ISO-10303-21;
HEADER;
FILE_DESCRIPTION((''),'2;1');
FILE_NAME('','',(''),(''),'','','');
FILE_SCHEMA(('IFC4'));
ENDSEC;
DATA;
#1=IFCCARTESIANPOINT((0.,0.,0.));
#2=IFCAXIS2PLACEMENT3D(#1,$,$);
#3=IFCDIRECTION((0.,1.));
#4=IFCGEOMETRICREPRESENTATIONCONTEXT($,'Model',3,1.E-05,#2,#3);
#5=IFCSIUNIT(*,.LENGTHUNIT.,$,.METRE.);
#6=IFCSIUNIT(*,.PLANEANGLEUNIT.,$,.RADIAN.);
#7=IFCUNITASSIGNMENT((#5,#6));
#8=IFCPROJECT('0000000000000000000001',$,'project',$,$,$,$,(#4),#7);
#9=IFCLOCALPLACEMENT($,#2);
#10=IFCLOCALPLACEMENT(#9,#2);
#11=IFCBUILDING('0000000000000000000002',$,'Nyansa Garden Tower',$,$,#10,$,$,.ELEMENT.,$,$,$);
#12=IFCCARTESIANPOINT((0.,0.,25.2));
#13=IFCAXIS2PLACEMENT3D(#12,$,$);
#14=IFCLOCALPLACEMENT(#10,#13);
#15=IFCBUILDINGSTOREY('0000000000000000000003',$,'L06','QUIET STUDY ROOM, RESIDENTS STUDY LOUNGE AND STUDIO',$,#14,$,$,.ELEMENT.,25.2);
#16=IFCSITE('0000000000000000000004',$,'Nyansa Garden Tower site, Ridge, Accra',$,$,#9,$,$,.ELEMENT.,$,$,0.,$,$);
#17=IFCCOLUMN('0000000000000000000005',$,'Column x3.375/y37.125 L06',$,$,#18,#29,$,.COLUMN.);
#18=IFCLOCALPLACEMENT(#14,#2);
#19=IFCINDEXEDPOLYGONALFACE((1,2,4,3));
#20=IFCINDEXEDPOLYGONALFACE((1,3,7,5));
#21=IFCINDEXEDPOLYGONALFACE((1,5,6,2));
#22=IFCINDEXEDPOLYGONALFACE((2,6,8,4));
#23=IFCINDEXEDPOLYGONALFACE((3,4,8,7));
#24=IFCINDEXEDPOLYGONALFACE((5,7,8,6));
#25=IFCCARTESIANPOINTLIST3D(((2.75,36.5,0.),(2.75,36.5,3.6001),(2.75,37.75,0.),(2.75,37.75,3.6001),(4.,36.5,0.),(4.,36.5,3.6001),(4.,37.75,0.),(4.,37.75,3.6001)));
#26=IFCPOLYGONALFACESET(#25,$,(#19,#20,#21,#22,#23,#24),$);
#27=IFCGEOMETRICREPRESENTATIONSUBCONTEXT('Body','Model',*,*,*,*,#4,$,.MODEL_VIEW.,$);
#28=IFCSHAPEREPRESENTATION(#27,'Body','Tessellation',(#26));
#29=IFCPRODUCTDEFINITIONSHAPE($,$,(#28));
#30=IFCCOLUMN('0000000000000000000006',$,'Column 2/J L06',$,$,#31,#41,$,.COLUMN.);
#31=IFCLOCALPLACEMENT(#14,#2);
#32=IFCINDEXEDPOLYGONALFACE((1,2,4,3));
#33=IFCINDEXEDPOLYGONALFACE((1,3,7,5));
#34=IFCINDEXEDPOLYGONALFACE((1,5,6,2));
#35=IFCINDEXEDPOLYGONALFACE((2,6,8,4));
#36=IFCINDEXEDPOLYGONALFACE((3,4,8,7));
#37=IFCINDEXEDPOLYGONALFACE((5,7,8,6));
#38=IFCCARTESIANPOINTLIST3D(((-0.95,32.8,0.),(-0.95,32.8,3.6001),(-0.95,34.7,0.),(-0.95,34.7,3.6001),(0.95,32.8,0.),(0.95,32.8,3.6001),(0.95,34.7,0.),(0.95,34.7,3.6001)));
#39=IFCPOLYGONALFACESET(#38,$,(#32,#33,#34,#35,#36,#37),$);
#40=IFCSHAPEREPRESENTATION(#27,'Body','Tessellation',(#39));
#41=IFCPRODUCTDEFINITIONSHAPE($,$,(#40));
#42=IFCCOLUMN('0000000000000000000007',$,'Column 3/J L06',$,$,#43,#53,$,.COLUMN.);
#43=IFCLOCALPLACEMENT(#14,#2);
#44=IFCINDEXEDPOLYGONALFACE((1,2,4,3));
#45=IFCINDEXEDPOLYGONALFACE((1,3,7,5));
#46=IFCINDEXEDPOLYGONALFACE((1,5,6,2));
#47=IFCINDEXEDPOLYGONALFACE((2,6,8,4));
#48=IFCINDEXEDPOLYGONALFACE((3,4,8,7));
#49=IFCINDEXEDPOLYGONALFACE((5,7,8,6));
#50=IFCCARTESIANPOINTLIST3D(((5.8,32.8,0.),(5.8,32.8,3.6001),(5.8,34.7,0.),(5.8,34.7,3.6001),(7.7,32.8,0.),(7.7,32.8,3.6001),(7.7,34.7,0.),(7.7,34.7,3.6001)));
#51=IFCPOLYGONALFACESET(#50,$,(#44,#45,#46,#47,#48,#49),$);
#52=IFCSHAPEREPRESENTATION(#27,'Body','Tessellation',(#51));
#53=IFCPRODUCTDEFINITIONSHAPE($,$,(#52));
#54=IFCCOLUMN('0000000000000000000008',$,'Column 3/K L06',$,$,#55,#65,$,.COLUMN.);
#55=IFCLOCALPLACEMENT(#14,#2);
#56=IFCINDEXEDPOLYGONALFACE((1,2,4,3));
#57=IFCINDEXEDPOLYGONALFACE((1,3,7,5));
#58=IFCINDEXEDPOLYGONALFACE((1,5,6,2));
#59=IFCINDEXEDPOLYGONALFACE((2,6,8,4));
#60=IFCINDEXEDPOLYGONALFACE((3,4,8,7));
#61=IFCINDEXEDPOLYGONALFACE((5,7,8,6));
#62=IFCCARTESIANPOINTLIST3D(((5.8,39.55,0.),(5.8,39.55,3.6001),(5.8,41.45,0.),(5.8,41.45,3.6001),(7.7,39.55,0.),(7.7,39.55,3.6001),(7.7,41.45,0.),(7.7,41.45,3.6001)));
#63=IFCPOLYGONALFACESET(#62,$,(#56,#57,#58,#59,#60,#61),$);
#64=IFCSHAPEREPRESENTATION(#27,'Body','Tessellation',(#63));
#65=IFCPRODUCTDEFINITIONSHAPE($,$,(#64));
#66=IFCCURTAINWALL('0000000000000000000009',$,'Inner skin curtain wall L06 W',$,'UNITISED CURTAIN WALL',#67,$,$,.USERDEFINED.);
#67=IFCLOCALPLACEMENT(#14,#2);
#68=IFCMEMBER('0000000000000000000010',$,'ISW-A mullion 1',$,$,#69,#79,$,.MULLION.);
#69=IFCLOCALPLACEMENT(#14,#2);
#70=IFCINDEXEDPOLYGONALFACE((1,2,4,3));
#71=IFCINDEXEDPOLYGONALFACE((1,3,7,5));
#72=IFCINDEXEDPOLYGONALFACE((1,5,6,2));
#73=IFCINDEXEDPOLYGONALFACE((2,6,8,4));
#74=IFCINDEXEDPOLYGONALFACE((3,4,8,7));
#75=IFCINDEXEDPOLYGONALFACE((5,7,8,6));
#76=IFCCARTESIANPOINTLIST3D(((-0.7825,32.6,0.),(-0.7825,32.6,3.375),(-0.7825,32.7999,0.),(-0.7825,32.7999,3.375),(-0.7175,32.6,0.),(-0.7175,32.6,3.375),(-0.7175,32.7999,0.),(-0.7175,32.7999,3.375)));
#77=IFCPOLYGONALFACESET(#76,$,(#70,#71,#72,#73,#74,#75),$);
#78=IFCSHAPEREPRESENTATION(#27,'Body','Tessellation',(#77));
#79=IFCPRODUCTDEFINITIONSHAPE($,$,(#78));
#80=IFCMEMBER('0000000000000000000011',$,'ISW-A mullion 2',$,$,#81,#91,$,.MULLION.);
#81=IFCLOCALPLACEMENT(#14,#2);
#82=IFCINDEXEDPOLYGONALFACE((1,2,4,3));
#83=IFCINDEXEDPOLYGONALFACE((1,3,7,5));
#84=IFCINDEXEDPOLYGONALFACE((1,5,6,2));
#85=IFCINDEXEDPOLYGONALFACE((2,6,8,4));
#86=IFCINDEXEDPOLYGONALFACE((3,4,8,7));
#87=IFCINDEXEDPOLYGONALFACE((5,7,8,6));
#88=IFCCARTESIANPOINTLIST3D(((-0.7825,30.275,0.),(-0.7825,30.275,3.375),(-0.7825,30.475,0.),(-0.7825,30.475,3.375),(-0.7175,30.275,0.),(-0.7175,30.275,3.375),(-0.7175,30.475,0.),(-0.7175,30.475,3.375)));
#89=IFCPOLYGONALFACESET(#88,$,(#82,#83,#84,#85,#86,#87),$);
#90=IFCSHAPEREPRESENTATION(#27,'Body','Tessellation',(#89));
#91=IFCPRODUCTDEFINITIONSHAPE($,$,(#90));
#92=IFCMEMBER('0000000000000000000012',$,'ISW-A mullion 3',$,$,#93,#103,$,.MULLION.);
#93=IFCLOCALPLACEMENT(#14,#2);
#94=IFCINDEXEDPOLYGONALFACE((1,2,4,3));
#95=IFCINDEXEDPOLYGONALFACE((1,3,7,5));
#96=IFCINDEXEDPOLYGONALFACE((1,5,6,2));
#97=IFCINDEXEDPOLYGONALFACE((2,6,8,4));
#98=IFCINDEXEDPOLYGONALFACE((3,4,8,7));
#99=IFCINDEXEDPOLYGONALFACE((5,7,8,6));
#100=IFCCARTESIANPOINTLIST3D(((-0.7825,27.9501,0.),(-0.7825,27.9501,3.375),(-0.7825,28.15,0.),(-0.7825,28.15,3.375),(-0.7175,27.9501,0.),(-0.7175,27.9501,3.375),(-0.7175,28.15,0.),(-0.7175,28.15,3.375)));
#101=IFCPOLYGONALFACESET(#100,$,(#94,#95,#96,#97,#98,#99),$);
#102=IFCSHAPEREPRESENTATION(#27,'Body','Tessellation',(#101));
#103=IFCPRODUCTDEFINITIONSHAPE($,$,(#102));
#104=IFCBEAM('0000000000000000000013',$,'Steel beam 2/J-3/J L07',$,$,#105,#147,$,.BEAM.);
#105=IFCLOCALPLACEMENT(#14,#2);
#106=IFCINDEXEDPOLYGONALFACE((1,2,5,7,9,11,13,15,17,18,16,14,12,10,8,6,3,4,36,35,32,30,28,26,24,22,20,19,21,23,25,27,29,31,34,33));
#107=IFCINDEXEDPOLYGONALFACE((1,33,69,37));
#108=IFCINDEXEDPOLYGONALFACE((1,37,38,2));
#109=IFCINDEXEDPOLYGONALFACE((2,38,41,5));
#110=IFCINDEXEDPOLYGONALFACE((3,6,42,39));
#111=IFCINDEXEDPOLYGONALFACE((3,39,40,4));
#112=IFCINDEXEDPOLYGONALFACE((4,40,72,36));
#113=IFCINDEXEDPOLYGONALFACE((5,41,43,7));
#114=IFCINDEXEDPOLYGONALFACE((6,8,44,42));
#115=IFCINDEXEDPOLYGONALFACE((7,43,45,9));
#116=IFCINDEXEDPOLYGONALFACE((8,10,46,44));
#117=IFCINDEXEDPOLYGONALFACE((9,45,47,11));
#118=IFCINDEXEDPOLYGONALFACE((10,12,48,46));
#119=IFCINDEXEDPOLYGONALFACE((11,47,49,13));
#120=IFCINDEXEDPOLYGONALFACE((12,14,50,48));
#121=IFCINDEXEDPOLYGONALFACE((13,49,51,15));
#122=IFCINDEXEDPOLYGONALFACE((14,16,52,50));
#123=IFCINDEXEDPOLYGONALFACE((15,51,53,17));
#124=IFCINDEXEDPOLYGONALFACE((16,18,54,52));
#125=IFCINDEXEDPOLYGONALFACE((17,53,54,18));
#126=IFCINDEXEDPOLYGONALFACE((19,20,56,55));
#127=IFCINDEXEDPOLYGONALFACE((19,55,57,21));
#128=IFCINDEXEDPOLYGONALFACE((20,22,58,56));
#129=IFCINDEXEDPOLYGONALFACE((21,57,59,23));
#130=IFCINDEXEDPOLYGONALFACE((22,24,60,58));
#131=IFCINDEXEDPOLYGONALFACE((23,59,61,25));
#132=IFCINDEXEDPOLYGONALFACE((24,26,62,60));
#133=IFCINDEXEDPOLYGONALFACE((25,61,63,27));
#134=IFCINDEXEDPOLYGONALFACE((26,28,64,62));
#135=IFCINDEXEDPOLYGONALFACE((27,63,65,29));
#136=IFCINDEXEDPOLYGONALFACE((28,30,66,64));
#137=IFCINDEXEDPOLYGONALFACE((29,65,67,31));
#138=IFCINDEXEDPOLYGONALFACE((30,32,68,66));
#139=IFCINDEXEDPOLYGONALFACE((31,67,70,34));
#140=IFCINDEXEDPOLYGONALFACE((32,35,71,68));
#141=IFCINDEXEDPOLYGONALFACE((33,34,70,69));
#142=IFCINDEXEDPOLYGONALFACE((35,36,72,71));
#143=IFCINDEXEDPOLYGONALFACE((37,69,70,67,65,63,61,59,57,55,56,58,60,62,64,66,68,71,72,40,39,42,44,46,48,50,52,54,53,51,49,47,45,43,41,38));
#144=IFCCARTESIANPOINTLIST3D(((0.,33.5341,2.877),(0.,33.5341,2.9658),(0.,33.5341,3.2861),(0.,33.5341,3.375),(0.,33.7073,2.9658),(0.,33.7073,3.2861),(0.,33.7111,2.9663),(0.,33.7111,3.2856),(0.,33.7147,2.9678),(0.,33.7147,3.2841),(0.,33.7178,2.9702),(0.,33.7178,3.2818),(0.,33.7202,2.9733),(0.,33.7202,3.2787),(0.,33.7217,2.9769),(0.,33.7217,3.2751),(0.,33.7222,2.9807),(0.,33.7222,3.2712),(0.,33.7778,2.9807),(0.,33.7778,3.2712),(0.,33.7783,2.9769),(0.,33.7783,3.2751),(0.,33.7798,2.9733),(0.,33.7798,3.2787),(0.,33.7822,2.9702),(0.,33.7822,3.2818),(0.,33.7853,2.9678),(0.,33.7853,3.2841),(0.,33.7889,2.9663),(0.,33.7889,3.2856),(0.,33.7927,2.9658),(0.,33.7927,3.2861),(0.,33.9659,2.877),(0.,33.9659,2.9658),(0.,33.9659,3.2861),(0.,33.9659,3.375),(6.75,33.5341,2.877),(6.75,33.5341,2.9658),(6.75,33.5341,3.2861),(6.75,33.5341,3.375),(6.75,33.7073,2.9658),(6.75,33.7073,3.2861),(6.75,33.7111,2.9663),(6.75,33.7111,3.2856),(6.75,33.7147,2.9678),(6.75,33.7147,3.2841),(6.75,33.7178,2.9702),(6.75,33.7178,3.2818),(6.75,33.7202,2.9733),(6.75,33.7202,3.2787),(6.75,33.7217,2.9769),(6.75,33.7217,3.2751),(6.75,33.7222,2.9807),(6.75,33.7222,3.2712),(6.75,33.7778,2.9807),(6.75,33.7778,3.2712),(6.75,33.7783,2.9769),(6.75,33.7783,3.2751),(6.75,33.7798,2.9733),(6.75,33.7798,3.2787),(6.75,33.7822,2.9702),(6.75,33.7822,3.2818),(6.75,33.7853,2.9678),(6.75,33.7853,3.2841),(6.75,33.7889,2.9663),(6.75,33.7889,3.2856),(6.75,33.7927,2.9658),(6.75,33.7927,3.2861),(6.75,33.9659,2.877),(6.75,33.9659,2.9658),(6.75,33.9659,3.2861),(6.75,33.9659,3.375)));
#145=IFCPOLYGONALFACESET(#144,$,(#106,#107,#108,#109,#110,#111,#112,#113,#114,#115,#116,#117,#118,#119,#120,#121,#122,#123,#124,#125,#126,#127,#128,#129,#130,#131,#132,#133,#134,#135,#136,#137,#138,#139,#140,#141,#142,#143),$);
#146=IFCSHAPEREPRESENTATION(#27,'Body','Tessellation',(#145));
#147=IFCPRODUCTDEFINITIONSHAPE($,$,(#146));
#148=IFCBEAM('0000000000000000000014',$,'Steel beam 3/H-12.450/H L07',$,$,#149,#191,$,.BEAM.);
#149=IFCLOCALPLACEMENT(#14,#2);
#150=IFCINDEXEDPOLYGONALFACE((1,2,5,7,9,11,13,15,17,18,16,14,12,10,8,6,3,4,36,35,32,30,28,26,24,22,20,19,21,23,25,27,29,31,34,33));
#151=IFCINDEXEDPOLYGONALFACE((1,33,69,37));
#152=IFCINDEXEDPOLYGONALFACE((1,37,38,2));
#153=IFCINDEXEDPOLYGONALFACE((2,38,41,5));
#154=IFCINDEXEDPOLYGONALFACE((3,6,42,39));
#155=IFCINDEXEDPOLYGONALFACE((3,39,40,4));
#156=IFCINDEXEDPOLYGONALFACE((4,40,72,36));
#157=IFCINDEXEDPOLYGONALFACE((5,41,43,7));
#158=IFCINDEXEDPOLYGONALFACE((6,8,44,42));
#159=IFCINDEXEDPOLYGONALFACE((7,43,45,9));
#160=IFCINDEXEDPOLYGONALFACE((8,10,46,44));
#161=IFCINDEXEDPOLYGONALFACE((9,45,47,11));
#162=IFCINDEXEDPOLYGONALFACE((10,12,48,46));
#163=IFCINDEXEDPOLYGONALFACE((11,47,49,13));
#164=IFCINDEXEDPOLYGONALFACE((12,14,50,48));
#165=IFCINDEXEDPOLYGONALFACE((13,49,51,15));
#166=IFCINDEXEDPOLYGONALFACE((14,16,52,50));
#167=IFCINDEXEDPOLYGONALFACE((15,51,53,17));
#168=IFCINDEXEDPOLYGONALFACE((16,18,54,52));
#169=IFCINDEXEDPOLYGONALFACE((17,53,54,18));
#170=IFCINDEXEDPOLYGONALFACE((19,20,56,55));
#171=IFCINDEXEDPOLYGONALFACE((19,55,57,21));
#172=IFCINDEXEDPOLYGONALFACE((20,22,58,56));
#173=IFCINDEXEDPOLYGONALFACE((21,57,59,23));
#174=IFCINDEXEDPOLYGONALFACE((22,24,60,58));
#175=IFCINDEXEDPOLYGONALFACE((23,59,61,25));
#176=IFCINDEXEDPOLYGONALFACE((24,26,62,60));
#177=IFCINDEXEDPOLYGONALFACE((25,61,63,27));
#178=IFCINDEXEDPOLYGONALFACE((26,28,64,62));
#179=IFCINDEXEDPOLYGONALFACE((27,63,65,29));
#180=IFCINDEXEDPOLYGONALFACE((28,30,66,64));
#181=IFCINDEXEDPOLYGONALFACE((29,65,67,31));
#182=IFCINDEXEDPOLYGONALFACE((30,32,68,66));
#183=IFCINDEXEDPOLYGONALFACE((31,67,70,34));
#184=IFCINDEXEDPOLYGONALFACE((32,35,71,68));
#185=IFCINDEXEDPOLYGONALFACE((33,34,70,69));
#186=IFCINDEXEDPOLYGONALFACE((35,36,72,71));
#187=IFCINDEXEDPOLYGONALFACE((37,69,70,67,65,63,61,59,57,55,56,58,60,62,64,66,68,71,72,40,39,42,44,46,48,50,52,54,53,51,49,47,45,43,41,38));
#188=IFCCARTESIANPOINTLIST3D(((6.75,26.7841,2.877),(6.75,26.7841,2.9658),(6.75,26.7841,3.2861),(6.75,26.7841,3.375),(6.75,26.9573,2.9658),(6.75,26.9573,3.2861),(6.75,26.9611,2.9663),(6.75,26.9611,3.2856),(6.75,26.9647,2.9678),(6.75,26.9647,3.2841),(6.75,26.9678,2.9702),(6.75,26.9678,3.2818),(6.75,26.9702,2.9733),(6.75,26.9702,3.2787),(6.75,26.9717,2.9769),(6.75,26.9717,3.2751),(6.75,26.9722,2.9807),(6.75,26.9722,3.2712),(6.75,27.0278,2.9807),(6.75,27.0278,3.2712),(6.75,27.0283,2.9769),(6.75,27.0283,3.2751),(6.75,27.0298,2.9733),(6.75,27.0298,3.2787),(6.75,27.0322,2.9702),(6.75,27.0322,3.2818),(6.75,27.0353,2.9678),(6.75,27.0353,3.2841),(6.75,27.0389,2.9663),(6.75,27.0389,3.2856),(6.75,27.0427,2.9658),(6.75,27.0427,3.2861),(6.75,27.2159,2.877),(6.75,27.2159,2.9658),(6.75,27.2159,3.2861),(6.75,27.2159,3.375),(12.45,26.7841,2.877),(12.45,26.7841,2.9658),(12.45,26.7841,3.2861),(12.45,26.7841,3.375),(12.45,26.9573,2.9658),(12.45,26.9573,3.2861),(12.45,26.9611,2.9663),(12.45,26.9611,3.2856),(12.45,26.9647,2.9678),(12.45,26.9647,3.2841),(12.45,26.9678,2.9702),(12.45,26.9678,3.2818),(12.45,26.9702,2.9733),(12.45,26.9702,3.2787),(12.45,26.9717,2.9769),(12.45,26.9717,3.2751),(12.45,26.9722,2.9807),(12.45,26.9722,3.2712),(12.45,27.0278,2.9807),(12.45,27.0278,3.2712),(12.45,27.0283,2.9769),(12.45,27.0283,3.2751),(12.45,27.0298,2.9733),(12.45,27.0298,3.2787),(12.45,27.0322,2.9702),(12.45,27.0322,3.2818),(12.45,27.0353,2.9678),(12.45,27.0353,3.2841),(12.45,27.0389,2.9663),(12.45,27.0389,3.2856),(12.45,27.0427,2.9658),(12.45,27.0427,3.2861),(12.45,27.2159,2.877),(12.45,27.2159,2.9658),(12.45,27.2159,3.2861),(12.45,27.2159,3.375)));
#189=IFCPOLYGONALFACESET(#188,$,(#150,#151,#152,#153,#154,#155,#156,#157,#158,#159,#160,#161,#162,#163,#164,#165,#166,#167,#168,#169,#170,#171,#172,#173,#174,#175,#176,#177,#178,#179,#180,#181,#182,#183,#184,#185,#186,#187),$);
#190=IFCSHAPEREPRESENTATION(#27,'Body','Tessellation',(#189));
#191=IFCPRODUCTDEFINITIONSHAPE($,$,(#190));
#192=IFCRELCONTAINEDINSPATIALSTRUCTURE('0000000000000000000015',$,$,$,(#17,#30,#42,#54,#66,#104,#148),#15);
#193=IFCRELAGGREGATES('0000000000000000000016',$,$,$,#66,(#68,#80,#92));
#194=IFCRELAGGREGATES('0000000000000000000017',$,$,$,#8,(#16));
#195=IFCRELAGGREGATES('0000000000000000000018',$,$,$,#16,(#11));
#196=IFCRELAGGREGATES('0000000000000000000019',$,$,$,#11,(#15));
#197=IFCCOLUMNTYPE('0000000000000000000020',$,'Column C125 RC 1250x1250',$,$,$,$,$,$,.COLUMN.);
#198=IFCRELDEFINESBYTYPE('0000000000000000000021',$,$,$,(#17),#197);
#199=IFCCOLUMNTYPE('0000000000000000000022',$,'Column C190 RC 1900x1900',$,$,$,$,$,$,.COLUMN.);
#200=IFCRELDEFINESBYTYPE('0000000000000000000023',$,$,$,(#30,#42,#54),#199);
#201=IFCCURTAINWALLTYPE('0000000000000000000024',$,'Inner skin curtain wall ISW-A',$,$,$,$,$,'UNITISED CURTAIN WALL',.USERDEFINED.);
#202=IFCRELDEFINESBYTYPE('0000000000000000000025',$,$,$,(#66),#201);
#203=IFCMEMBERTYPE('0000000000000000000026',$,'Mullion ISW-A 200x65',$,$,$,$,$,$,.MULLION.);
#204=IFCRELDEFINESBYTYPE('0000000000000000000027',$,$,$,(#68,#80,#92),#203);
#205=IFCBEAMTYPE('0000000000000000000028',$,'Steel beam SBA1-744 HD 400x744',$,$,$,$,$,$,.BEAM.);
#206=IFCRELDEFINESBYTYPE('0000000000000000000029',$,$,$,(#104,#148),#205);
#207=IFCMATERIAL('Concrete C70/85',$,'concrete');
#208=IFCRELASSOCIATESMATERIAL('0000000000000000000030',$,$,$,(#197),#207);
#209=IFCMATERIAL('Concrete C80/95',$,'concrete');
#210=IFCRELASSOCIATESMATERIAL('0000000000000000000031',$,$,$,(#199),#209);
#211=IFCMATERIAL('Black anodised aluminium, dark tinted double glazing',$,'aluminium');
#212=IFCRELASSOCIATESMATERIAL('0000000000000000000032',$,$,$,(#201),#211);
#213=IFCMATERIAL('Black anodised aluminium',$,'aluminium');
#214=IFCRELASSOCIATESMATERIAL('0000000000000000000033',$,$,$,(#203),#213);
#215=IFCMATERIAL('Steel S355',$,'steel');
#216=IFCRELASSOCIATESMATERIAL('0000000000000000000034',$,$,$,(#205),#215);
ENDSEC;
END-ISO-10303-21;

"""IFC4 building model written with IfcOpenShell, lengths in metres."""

from ifc_helpers import new_model, si_unit, direction, frame, origin, origin_2d, place, context, subcontext, project, spatial, rectangle, i_section, extrude, material, material_profile, profile_set, type_object, element, aggregate, save


model = new_model("IFC4")

# Units and contexts
model_context = context("Model", 3, precision=1e-05, world=origin(), true_north=direction((0.0, 1.0)))
body_context = subcontext(model_context, "Body", "Model", "MODEL_VIEW")
ifc_project = project(units=[si_unit("LENGTHUNIT", "METRE"), si_unit("PLANEANGLEUNIT", "RADIAN")], contexts=[model_context])

# Site, building, storey
site_placement = place(None, origin())
site = spatial("IfcSite", under=ifc_project, at=site_placement, Name="Nyansa Garden Tower site, Ridge, Accra", CompositionType="ELEMENT", RefElevation=0.0)
building_placement = place(site_placement, origin())
building = spatial("IfcBuilding", under=site, at=building_placement, Name="Nyansa Garden Tower", CompositionType="ELEMENT")
storey_placement = place(building_placement, frame((0.0, 0.0, 25.2)))
storey = spatial("IfcBuildingStorey", under=building, at=storey_placement, Name="L06", Description="QUIET STUDY ROOM, RESIDENTS STUDY LOUNGE AND STUDIO", CompositionType="ELEMENT", Elevation=25.2)

# Columns
ifc_material_1 = material(Name="Concrete C70/85", Category="concrete")
ifc_material_profile_1 = material_profile(ifc_material_1, rectangle(XDim=1.25, YDim=1.25, at=origin_2d()), Name="RC 1250x1250")
ifc_profile_set_1 = profile_set([ifc_material_profile_1], Name="Concrete C70/85")
column_type_1 = type_object("IfcColumnType", Name="Column C125 RC 1250x1250", PredefinedType="COLUMN", material=ifc_profile_set_1)
column_placement = place(storey_placement, frame((3.375, 37.125, 0.0), z_axis=(0.0, 0.0, 1.0), x_axis=(1.0, 0.0, 0.0)))
element("IfcColumn", 1, at=column_placement, inside=storey, type_object=column_type_1, Name="Column x3.375/y37.125 L06", PredefinedType="COLUMN", context=body_context, shape_type="SweptSolid", body=[
    extrude(rectangle(XDim=1.25, YDim=1.25, at=origin_2d()), origin(), (0.0, 0.0, 1.0), 3.6001),
])
ifc_material_2 = material(Name="Concrete C80/95", Category="concrete")
ifc_material_profile_2 = material_profile(ifc_material_2, rectangle(XDim=1.8999, YDim=1.8999, at=origin_2d()), Name="RC 1900x1900")
ifc_profile_set_2 = profile_set([ifc_material_profile_2], Name="Concrete C80/95")
column_type_2 = type_object("IfcColumnType", Name="Column C190 RC 1900x1900", PredefinedType="COLUMN", material=ifc_profile_set_2)
for number, where, z_axis, x_axis, name in (
    (2, (0.0, 33.75, 0.0), (0.0, 0.0, 1.0), (1.0, 0.0, 0.0), "Column 2/J L06"),
    (3, (6.75, 33.75, 0.0), (0.0, 0.0, 1.0), (1.0, 0.0, 0.0), "Column 3/J L06"),
    (4, (6.75, 40.5, 0.0), (0.0, 0.0, 1.0), (1.0, 0.0, 0.0), "Column 3/K L06"),
):
    element("IfcColumn", number, at=place(storey_placement, frame(where, z_axis=z_axis, x_axis=x_axis)), inside=storey, type_object=column_type_2, Name=name, PredefinedType="COLUMN", context=body_context, shape_type="SweptSolid", body=[
        extrude(rectangle(XDim=1.8999, YDim=1.8999, at=origin_2d()), origin(), (0.0, 0.0, 1.0), 3.6001),
    ])

# Curtain wall, members
ifc_material_3 = material(Name="Black anodised aluminium, dark tinted double glazing", Category="aluminium")
curtain_wall_type = type_object("IfcCurtainWallType", Name="Inner skin curtain wall ISW-A", ElementType="UNITISED CURTAIN WALL", PredefinedType="USERDEFINED", material=ifc_material_3)
curtain_wall_placement = place(storey_placement, origin())
curtain_wall = element("IfcCurtainWall", 5, at=curtain_wall_placement, inside=storey, type_object=curtain_wall_type, Name="Inner skin curtain wall L06 W", ObjectType="UNITISED CURTAIN WALL", PredefinedType="USERDEFINED")
ifc_material_4 = material(Name="Black anodised aluminium", Category="aluminium")
ifc_material_profile_3 = material_profile(ifc_material_4, rectangle(XDim=0.0649, YDim=0.2, at=origin_2d()), Name="Mullion 200x65")
ifc_profile_set_3 = profile_set([ifc_material_profile_3], Name="Black anodised aluminium")
member_type_1 = type_object("IfcMemberType", Name="Mullion ISW-A 200x65", PredefinedType="MULLION", material=ifc_profile_set_3)
member_1_placement = place(storey_placement, frame((-0.75, 32.7, 0.0), z_axis=(0.0, 0.0, 1.0), x_axis=(1.0, 0.0, 0.0)))
member_1 = element("IfcMember", 6, at=member_1_placement, type_object=member_type_1, Name="ISW-A mullion 1", PredefinedType="MULLION", context=body_context, shape_type="SweptSolid", body=[
    extrude(rectangle(XDim=0.0649, YDim=0.2, at=origin_2d()), origin(), (0.0, 0.0, 1.0), 3.375),
])
member_2_placement = place(storey_placement, frame((-0.75, 30.375, 0.0), z_axis=(0.0, 0.0, 1.0), x_axis=(1.0, 0.0, 0.0)))
member_2 = element("IfcMember", 7, at=member_2_placement, type_object=member_type_1, Name="ISW-A mullion 2", PredefinedType="MULLION", context=body_context, shape_type="SweptSolid", body=[
    extrude(rectangle(XDim=0.0649, YDim=0.2, at=origin_2d()), origin(), (0.0, 0.0, 1.0), 3.375),
])
member_3_placement = place(storey_placement, frame((-0.75, 28.05, 0.0), z_axis=(0.0, 0.0, 1.0), x_axis=(1.0, 0.0, 0.0)))
member_3 = element("IfcMember", 8, at=member_3_placement, type_object=member_type_1, Name="ISW-A mullion 3", PredefinedType="MULLION", context=body_context, shape_type="SweptSolid", body=[
    extrude(rectangle(XDim=0.0649, YDim=0.2, at=origin_2d()), origin(), (0.0, 0.0, 1.0), 3.375),
])

# Beams
ifc_material_5 = material(Name="Steel S355", Category="steel")
ifc_material_profile_4 = material_profile(ifc_material_5, i_section(OverallWidth=0.4319, OverallDepth=0.498, WebThickness=0.0557, FlangeThickness=0.0889, FilletRadius=0.0149, at=origin_2d()), Name="HD 400x744")
ifc_profile_set_4 = profile_set([ifc_material_profile_4], Name="Steel S355")
beam_type_1 = type_object("IfcBeamType", Name="Steel beam SBA1-744 HD 400x744", PredefinedType="BEAM", material=ifc_profile_set_4)
beam_1_placement = place(storey_placement, frame((0.0, 33.75, 3.126), z_axis=(1.0, 0.0, 0.0), x_axis=(0.0, 1.0, 0.0)))
element("IfcBeam", 9, at=beam_1_placement, inside=storey, type_object=beam_type_1, Name="Steel beam 2/J-3/J L07", PredefinedType="BEAM", context=body_context, shape_type="SweptSolid", body=[
    extrude(i_section(OverallWidth=0.4319, OverallDepth=0.498, WebThickness=0.0557, FlangeThickness=0.0889, FilletRadius=0.0149, at=origin_2d()), origin(), (0.0, 0.0, 1.0), 6.75),
])
beam_2_placement = place(storey_placement, frame((6.75, 27.0, 3.126), z_axis=(1.0, 0.0, 0.0), x_axis=(0.0, 1.0, 0.0)))
element("IfcBeam", 10, at=beam_2_placement, inside=storey, type_object=beam_type_1, Name="Steel beam 3/H-12.450/H L07", PredefinedType="BEAM", context=body_context, shape_type="SweptSolid", body=[
    extrude(i_section(OverallWidth=0.4319, OverallDepth=0.498, WebThickness=0.0557, FlangeThickness=0.0889, FilletRadius=0.0149, at=origin_2d()), origin(), (0.0, 0.0, 1.0), 5.7),
])

aggregate(curtain_wall, [member_1, member_2, member_3])

save(model, "model.ifc")
